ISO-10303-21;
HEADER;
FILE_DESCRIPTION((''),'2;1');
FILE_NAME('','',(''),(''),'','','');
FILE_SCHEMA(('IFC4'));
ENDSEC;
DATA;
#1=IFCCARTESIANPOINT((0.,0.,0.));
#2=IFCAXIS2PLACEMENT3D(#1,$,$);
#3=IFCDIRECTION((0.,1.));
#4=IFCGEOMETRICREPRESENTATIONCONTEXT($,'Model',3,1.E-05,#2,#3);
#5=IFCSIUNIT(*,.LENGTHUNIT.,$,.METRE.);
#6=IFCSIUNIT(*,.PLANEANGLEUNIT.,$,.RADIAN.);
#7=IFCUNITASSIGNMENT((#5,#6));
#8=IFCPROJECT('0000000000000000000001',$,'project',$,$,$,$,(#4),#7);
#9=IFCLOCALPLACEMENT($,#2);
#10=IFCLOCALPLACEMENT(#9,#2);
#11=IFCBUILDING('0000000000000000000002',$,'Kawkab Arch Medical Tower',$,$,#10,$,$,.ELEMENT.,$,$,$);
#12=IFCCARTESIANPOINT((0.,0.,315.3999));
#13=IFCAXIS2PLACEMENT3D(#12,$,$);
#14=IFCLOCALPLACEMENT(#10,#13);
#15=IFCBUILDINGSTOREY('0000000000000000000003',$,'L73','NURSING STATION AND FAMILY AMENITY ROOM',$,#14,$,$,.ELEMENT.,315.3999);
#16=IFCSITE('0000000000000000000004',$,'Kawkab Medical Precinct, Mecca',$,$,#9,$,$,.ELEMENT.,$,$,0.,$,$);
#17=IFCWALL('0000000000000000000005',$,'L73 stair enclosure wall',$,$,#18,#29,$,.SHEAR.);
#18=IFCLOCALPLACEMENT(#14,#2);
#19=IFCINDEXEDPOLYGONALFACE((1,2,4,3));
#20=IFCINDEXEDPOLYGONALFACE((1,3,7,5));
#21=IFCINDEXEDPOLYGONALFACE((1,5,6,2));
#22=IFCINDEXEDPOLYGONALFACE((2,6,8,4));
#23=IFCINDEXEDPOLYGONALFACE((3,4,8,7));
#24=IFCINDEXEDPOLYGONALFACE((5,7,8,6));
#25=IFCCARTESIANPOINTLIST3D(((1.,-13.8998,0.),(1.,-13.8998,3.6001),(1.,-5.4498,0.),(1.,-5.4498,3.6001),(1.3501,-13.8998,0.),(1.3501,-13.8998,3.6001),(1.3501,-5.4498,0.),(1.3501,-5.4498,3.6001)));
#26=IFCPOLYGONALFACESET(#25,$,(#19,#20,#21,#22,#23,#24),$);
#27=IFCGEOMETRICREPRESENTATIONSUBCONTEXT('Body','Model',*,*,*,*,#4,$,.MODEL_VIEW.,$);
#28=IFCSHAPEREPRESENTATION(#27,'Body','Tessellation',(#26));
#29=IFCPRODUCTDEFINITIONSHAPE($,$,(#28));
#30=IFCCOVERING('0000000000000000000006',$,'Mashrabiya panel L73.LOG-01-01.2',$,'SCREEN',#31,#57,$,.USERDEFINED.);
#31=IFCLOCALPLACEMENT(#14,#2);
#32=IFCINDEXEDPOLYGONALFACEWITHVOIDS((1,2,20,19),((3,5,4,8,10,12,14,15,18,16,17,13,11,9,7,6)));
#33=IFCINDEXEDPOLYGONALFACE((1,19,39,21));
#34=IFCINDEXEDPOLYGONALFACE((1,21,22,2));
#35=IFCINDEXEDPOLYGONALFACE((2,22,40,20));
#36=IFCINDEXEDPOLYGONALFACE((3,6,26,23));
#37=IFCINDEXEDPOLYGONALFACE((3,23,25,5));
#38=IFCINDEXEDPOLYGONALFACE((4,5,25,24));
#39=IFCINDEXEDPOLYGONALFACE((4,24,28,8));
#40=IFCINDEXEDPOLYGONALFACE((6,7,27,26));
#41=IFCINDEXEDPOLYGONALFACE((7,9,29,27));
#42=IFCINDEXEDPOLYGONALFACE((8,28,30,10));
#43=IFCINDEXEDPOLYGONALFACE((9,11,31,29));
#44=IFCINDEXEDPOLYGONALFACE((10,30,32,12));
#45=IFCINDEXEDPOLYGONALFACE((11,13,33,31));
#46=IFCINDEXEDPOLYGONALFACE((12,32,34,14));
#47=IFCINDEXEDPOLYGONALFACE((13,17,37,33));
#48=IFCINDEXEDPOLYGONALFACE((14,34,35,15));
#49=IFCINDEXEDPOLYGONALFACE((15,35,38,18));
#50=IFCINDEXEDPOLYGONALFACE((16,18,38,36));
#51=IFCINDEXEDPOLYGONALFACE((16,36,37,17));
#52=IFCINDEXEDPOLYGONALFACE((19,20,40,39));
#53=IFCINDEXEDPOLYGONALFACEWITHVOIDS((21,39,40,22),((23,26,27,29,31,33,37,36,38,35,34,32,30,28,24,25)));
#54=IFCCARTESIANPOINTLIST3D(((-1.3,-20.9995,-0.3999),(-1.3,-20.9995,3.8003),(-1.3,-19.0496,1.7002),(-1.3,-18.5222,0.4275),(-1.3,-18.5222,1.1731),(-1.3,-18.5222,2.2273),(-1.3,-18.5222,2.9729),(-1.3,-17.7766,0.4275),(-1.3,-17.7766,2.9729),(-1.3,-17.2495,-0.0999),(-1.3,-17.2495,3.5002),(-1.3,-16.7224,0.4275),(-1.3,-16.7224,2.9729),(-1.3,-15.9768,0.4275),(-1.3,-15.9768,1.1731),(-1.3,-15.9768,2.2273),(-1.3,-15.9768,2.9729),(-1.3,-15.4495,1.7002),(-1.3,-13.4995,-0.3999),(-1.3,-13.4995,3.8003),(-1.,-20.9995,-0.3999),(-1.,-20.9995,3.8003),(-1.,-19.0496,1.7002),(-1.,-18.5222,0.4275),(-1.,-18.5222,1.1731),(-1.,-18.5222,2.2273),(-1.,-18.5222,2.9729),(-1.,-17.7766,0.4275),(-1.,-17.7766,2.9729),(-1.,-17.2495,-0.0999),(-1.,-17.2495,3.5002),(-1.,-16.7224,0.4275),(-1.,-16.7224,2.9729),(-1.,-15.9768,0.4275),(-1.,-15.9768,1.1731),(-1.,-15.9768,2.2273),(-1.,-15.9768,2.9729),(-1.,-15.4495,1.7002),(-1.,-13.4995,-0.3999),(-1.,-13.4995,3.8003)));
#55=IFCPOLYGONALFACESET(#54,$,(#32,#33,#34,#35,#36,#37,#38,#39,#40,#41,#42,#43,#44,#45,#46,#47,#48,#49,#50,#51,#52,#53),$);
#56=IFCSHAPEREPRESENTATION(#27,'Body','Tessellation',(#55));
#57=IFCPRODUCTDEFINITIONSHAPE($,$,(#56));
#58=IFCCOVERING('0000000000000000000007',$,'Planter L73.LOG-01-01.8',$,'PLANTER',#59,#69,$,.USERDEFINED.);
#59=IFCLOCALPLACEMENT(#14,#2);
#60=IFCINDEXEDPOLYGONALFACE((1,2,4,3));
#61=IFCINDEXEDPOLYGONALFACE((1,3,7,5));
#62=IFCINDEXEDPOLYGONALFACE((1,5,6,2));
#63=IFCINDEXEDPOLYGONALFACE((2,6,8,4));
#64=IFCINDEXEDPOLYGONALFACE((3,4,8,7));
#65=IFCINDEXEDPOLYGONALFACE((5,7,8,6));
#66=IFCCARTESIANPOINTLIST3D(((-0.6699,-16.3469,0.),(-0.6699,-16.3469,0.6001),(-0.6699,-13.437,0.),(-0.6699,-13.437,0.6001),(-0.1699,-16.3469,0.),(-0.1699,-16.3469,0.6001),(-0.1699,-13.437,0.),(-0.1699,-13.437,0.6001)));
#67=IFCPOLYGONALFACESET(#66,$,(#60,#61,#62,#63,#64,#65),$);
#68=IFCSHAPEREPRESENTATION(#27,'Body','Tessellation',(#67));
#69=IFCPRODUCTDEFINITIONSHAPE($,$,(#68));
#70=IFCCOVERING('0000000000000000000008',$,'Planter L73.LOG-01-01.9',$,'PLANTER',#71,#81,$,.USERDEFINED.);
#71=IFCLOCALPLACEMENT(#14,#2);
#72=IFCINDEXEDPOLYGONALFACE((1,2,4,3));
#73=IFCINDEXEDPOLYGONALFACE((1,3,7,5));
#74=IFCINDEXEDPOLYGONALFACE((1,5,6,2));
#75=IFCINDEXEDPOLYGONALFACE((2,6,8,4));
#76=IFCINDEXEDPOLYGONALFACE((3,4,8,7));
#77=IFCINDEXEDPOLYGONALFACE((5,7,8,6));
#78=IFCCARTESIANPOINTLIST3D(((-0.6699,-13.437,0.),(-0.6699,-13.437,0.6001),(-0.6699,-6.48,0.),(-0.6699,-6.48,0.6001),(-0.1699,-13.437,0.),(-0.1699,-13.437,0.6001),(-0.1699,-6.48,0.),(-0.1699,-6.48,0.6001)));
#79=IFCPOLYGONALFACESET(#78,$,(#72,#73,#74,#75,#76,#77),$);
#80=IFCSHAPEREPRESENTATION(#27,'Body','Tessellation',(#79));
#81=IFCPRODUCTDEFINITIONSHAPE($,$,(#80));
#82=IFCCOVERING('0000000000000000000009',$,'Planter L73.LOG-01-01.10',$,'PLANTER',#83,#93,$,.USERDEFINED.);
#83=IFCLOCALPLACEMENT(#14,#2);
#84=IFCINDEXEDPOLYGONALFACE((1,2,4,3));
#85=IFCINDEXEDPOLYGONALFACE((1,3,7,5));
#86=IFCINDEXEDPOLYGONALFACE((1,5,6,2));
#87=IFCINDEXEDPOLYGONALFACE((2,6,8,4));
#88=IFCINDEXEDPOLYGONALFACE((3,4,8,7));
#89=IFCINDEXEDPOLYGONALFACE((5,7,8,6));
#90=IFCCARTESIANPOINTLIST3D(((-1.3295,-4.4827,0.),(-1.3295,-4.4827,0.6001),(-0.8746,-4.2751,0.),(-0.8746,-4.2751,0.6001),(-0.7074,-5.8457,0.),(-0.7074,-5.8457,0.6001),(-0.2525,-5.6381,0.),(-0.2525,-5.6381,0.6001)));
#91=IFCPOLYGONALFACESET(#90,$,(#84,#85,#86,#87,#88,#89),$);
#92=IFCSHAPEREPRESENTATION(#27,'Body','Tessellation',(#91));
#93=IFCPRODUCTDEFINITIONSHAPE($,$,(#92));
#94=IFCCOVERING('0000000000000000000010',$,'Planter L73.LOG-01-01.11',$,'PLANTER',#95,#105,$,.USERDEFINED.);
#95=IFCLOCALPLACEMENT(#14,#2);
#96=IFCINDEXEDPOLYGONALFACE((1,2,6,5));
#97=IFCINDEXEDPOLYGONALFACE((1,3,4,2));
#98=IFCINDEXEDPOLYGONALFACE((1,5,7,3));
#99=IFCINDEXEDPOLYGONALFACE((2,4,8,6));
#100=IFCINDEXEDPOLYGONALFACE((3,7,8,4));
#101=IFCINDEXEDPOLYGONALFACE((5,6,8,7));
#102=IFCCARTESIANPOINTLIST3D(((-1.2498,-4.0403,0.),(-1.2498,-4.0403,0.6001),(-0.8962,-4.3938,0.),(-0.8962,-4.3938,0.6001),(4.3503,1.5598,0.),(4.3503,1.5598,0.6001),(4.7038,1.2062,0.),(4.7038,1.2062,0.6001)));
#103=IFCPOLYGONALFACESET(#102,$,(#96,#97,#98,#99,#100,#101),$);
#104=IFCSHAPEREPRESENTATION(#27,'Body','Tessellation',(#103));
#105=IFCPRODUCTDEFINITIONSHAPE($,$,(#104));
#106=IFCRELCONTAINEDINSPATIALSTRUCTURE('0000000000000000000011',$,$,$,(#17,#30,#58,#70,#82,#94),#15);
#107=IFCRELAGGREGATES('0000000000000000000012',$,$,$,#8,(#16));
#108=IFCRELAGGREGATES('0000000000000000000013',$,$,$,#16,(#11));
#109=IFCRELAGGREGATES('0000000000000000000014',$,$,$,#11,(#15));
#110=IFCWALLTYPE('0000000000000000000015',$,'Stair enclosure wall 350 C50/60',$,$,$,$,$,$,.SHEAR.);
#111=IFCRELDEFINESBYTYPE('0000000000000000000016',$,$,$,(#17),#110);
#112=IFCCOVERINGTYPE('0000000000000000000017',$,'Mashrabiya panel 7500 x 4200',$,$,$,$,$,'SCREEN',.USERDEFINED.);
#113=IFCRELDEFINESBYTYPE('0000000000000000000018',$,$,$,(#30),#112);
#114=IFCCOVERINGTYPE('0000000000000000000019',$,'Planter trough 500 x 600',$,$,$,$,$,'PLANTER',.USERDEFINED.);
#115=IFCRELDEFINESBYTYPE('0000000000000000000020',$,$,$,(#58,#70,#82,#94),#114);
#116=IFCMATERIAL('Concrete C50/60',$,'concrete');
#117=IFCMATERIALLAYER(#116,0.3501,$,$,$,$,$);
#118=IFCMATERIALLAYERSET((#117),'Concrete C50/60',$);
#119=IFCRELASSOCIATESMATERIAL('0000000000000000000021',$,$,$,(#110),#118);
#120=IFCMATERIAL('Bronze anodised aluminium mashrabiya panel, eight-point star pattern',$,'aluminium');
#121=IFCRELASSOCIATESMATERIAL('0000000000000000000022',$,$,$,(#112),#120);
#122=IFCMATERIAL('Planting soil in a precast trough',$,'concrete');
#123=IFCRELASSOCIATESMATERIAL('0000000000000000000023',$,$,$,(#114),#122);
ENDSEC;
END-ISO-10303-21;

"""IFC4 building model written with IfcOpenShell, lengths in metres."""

from ifc_helpers import new_model, si_unit, direction, frame, frame_2d, origin, origin_2d, place, context, subcontext, project, spatial, polyline, rectangle, outline, extrude, material, layer, layer_set, material_profile, profile_set, type_object, element, save


model = new_model("IFC4")

# Units and contexts
model_context = context("Model", 3, precision=1e-05, world=origin(), true_north=direction((0.0, 1.0)))
body_context = subcontext(model_context, "Body", "Model", "MODEL_VIEW")
ifc_project = project(units=[si_unit("LENGTHUNIT", "METRE"), si_unit("PLANEANGLEUNIT", "RADIAN")], contexts=[model_context])

# Site, building, storey
site_placement = place(None, origin())
site = spatial("IfcSite", under=ifc_project, at=site_placement, Name="Kawkab Medical Precinct, Mecca", CompositionType="ELEMENT", RefElevation=0.0)
building_placement = place(site_placement, origin())
building = spatial("IfcBuilding", under=site, at=building_placement, Name="Kawkab Arch Medical Tower", CompositionType="ELEMENT")
storey_placement = place(building_placement, frame((0.0, 0.0, 315.3999)))
storey = spatial("IfcBuildingStorey", under=building, at=storey_placement, Name="L73", Description="NURSING STATION AND FAMILY AMENITY ROOM", CompositionType="ELEMENT", Elevation=315.3999)

# Wall
ifc_material_1 = material(Name="Concrete C50/60", Category="concrete")
ifc_layer_1 = layer(ifc_material_1, 0.3501)
ifc_layer_set_1 = layer_set([ifc_layer_1], Name="Concrete C50/60")
wall_type_1 = type_object("IfcWallType", Name="Stair enclosure wall 350 C50/60", PredefinedType="SHEAR", material=ifc_layer_set_1)
wall_placement = place(storey_placement, frame((1.175, -13.8999, 0.0), z_axis=(0.0, 0.0, 1.0), x_axis=(0.0, 1.0, 0.0)))
element("IfcWall", 1, at=wall_placement, inside=storey, type_object=wall_type_1, Name="L73 stair enclosure wall", PredefinedType="SHEAR", context=body_context, shape_type="SweptSolid", body=[
    extrude(rectangle(XDim=8.45, YDim=0.3501, at=frame_2d((4.2251, 0.0))), origin(), (0.0, 0.0, 1.0), 3.6001),
])

# Coverings
ifc_material_2 = material(Name="Bronze anodised aluminium mashrabiya panel, eight-point star pattern", Category="aluminium")
ifc_material_profile_1 = material_profile(ifc_material_2, outline(polyline([(-3.75, -2.1001), (3.75, -2.1001), (3.75, 2.1001), (-3.75, 2.1001), (-3.75, -2.1001)]), holes=[polyline([(1.8, 0.0), (1.2727, 0.5271), (1.2727, 1.2727), (0.5271, 1.2727), (0.0, 1.8), (-0.5271, 1.2727), (-1.2727, 1.2727), (-1.2727, 0.5271), (-1.8, 0.0), (-1.2727, -0.5271), (-1.2727, -1.2727), (-0.5271, -1.2727), (0.0, -1.8), (0.5271, -1.2727), (1.2727, -1.2727), (1.2727, -0.5271), (1.8, 0.0)])]), Name="Mashrabiya panel 7500x4200")
ifc_profile_set_1 = profile_set([ifc_material_profile_1], Name="Bronze anodised aluminium mashrabiya panel, eight-point star pattern")
covering_type_1 = type_object("IfcCoveringType", Name="Mashrabiya panel 7500 x 4200", ElementType="SCREEN", PredefinedType="USERDEFINED", material=ifc_profile_set_1)
covering_1_placement = place(storey_placement, frame((-1.0, -17.2495, 1.7002), z_axis=(-1.0, 0.0, 0.0), x_axis=(0.0, -1.0, 0.0)))
element("IfcCovering", 2, at=covering_1_placement, inside=storey, type_object=covering_type_1, Name="Mashrabiya panel L73.LOG-01-01.2", ObjectType="SCREEN", PredefinedType="USERDEFINED", context=body_context, shape_type="SweptSolid", body=[
    extrude(outline(polyline([(-3.75, -2.1001), (3.75, -2.1001), (3.75, 2.1001), (-3.75, 2.1001), (-3.75, -2.1001)]), holes=[polyline([(1.8, 0.0), (1.2727, 0.5271), (1.2727, 1.2727), (0.5271, 1.2727), (0.0, 1.8), (-0.5271, 1.2727), (-1.2727, 1.2727), (-1.2727, 0.5271), (-1.8, 0.0), (-1.2727, -0.5271), (-1.2727, -1.2727), (-0.5271, -1.2727), (0.0, -1.8), (0.5271, -1.2727), (1.2727, -1.2727), (1.2727, -0.5271), (1.8, 0.0)])]), origin(), (0.0, 0.0, 1.0), 0.3),
])
ifc_material_3 = material(Name="Planting soil in a precast trough", Category="concrete")
ifc_material_profile_2 = material_profile(ifc_material_3, rectangle(XDim=0.5, YDim=0.6001, at=origin_2d()), Name="Trough 500x600")
ifc_profile_set_2 = profile_set([ifc_material_profile_2], Name="Planting soil in a precast trough")
covering_type_2 = type_object("IfcCoveringType", Name="Planter trough 500 x 600", ElementType="PLANTER", PredefinedType="USERDEFINED", material=ifc_profile_set_2)
covering_2_placement = place(storey_placement, frame((-0.4199, -16.3469, 0.3), z_axis=(0.0, 1.0, 0.0), x_axis=(-1.0, 0.0, 0.0)))
element("IfcCovering", 3, at=covering_2_placement, inside=storey, type_object=covering_type_2, Name="Planter L73.LOG-01-01.8", ObjectType="PLANTER", PredefinedType="USERDEFINED", context=body_context, shape_type="SweptSolid", body=[
    extrude(rectangle(XDim=0.5, YDim=0.6001, at=origin_2d()), origin(), (0.0, 0.0, 1.0), 2.9099),
])
covering_3_placement = place(storey_placement, frame((-0.4199, -13.437, 0.3), z_axis=(0.0, 1.0, 0.0), x_axis=(-1.0, 0.0, 0.0)))
element("IfcCovering", 4, at=covering_3_placement, inside=storey, type_object=covering_type_2, Name="Planter L73.LOG-01-01.9", ObjectType="PLANTER", PredefinedType="USERDEFINED", context=body_context, shape_type="SweptSolid", body=[
    extrude(rectangle(XDim=0.5, YDim=0.6001, at=origin_2d()), origin(), (0.0, 0.0, 1.0), 6.957),
])
covering_4_placement = place(storey_placement, frame((-0.48, -5.7419, 0.3), z_axis=(-0.41519, 0.909735, 0.0), x_axis=(-0.909735, -0.41519, 0.0)))
element("IfcCovering", 5, at=covering_4_placement, inside=storey, type_object=covering_type_2, Name="Planter L73.LOG-01-01.10", ObjectType="PLANTER", PredefinedType="USERDEFINED", context=body_context, shape_type="SweptSolid", body=[
    extrude(rectangle(XDim=0.5, YDim=0.6001, at=origin_2d()), origin(), (0.0, 0.0, 1.0), 1.4983),
])
covering_5_placement = place(storey_placement, frame((-1.073, -4.217, 0.3), z_axis=(0.707107, 0.707107, 0.0), x_axis=(-0.707107, 0.707107, 0.0)))
element("IfcCovering", 6, at=covering_5_placement, inside=storey, type_object=covering_type_2, Name="Planter L73.LOG-01-01.11", ObjectType="PLANTER", PredefinedType="USERDEFINED", context=body_context, shape_type="SweptSolid", body=[
    extrude(rectangle(XDim=0.5, YDim=0.6001, at=origin_2d()), origin(), (0.0, 0.0, 1.0), 7.9197),
])

save(model, "model.ifc")
